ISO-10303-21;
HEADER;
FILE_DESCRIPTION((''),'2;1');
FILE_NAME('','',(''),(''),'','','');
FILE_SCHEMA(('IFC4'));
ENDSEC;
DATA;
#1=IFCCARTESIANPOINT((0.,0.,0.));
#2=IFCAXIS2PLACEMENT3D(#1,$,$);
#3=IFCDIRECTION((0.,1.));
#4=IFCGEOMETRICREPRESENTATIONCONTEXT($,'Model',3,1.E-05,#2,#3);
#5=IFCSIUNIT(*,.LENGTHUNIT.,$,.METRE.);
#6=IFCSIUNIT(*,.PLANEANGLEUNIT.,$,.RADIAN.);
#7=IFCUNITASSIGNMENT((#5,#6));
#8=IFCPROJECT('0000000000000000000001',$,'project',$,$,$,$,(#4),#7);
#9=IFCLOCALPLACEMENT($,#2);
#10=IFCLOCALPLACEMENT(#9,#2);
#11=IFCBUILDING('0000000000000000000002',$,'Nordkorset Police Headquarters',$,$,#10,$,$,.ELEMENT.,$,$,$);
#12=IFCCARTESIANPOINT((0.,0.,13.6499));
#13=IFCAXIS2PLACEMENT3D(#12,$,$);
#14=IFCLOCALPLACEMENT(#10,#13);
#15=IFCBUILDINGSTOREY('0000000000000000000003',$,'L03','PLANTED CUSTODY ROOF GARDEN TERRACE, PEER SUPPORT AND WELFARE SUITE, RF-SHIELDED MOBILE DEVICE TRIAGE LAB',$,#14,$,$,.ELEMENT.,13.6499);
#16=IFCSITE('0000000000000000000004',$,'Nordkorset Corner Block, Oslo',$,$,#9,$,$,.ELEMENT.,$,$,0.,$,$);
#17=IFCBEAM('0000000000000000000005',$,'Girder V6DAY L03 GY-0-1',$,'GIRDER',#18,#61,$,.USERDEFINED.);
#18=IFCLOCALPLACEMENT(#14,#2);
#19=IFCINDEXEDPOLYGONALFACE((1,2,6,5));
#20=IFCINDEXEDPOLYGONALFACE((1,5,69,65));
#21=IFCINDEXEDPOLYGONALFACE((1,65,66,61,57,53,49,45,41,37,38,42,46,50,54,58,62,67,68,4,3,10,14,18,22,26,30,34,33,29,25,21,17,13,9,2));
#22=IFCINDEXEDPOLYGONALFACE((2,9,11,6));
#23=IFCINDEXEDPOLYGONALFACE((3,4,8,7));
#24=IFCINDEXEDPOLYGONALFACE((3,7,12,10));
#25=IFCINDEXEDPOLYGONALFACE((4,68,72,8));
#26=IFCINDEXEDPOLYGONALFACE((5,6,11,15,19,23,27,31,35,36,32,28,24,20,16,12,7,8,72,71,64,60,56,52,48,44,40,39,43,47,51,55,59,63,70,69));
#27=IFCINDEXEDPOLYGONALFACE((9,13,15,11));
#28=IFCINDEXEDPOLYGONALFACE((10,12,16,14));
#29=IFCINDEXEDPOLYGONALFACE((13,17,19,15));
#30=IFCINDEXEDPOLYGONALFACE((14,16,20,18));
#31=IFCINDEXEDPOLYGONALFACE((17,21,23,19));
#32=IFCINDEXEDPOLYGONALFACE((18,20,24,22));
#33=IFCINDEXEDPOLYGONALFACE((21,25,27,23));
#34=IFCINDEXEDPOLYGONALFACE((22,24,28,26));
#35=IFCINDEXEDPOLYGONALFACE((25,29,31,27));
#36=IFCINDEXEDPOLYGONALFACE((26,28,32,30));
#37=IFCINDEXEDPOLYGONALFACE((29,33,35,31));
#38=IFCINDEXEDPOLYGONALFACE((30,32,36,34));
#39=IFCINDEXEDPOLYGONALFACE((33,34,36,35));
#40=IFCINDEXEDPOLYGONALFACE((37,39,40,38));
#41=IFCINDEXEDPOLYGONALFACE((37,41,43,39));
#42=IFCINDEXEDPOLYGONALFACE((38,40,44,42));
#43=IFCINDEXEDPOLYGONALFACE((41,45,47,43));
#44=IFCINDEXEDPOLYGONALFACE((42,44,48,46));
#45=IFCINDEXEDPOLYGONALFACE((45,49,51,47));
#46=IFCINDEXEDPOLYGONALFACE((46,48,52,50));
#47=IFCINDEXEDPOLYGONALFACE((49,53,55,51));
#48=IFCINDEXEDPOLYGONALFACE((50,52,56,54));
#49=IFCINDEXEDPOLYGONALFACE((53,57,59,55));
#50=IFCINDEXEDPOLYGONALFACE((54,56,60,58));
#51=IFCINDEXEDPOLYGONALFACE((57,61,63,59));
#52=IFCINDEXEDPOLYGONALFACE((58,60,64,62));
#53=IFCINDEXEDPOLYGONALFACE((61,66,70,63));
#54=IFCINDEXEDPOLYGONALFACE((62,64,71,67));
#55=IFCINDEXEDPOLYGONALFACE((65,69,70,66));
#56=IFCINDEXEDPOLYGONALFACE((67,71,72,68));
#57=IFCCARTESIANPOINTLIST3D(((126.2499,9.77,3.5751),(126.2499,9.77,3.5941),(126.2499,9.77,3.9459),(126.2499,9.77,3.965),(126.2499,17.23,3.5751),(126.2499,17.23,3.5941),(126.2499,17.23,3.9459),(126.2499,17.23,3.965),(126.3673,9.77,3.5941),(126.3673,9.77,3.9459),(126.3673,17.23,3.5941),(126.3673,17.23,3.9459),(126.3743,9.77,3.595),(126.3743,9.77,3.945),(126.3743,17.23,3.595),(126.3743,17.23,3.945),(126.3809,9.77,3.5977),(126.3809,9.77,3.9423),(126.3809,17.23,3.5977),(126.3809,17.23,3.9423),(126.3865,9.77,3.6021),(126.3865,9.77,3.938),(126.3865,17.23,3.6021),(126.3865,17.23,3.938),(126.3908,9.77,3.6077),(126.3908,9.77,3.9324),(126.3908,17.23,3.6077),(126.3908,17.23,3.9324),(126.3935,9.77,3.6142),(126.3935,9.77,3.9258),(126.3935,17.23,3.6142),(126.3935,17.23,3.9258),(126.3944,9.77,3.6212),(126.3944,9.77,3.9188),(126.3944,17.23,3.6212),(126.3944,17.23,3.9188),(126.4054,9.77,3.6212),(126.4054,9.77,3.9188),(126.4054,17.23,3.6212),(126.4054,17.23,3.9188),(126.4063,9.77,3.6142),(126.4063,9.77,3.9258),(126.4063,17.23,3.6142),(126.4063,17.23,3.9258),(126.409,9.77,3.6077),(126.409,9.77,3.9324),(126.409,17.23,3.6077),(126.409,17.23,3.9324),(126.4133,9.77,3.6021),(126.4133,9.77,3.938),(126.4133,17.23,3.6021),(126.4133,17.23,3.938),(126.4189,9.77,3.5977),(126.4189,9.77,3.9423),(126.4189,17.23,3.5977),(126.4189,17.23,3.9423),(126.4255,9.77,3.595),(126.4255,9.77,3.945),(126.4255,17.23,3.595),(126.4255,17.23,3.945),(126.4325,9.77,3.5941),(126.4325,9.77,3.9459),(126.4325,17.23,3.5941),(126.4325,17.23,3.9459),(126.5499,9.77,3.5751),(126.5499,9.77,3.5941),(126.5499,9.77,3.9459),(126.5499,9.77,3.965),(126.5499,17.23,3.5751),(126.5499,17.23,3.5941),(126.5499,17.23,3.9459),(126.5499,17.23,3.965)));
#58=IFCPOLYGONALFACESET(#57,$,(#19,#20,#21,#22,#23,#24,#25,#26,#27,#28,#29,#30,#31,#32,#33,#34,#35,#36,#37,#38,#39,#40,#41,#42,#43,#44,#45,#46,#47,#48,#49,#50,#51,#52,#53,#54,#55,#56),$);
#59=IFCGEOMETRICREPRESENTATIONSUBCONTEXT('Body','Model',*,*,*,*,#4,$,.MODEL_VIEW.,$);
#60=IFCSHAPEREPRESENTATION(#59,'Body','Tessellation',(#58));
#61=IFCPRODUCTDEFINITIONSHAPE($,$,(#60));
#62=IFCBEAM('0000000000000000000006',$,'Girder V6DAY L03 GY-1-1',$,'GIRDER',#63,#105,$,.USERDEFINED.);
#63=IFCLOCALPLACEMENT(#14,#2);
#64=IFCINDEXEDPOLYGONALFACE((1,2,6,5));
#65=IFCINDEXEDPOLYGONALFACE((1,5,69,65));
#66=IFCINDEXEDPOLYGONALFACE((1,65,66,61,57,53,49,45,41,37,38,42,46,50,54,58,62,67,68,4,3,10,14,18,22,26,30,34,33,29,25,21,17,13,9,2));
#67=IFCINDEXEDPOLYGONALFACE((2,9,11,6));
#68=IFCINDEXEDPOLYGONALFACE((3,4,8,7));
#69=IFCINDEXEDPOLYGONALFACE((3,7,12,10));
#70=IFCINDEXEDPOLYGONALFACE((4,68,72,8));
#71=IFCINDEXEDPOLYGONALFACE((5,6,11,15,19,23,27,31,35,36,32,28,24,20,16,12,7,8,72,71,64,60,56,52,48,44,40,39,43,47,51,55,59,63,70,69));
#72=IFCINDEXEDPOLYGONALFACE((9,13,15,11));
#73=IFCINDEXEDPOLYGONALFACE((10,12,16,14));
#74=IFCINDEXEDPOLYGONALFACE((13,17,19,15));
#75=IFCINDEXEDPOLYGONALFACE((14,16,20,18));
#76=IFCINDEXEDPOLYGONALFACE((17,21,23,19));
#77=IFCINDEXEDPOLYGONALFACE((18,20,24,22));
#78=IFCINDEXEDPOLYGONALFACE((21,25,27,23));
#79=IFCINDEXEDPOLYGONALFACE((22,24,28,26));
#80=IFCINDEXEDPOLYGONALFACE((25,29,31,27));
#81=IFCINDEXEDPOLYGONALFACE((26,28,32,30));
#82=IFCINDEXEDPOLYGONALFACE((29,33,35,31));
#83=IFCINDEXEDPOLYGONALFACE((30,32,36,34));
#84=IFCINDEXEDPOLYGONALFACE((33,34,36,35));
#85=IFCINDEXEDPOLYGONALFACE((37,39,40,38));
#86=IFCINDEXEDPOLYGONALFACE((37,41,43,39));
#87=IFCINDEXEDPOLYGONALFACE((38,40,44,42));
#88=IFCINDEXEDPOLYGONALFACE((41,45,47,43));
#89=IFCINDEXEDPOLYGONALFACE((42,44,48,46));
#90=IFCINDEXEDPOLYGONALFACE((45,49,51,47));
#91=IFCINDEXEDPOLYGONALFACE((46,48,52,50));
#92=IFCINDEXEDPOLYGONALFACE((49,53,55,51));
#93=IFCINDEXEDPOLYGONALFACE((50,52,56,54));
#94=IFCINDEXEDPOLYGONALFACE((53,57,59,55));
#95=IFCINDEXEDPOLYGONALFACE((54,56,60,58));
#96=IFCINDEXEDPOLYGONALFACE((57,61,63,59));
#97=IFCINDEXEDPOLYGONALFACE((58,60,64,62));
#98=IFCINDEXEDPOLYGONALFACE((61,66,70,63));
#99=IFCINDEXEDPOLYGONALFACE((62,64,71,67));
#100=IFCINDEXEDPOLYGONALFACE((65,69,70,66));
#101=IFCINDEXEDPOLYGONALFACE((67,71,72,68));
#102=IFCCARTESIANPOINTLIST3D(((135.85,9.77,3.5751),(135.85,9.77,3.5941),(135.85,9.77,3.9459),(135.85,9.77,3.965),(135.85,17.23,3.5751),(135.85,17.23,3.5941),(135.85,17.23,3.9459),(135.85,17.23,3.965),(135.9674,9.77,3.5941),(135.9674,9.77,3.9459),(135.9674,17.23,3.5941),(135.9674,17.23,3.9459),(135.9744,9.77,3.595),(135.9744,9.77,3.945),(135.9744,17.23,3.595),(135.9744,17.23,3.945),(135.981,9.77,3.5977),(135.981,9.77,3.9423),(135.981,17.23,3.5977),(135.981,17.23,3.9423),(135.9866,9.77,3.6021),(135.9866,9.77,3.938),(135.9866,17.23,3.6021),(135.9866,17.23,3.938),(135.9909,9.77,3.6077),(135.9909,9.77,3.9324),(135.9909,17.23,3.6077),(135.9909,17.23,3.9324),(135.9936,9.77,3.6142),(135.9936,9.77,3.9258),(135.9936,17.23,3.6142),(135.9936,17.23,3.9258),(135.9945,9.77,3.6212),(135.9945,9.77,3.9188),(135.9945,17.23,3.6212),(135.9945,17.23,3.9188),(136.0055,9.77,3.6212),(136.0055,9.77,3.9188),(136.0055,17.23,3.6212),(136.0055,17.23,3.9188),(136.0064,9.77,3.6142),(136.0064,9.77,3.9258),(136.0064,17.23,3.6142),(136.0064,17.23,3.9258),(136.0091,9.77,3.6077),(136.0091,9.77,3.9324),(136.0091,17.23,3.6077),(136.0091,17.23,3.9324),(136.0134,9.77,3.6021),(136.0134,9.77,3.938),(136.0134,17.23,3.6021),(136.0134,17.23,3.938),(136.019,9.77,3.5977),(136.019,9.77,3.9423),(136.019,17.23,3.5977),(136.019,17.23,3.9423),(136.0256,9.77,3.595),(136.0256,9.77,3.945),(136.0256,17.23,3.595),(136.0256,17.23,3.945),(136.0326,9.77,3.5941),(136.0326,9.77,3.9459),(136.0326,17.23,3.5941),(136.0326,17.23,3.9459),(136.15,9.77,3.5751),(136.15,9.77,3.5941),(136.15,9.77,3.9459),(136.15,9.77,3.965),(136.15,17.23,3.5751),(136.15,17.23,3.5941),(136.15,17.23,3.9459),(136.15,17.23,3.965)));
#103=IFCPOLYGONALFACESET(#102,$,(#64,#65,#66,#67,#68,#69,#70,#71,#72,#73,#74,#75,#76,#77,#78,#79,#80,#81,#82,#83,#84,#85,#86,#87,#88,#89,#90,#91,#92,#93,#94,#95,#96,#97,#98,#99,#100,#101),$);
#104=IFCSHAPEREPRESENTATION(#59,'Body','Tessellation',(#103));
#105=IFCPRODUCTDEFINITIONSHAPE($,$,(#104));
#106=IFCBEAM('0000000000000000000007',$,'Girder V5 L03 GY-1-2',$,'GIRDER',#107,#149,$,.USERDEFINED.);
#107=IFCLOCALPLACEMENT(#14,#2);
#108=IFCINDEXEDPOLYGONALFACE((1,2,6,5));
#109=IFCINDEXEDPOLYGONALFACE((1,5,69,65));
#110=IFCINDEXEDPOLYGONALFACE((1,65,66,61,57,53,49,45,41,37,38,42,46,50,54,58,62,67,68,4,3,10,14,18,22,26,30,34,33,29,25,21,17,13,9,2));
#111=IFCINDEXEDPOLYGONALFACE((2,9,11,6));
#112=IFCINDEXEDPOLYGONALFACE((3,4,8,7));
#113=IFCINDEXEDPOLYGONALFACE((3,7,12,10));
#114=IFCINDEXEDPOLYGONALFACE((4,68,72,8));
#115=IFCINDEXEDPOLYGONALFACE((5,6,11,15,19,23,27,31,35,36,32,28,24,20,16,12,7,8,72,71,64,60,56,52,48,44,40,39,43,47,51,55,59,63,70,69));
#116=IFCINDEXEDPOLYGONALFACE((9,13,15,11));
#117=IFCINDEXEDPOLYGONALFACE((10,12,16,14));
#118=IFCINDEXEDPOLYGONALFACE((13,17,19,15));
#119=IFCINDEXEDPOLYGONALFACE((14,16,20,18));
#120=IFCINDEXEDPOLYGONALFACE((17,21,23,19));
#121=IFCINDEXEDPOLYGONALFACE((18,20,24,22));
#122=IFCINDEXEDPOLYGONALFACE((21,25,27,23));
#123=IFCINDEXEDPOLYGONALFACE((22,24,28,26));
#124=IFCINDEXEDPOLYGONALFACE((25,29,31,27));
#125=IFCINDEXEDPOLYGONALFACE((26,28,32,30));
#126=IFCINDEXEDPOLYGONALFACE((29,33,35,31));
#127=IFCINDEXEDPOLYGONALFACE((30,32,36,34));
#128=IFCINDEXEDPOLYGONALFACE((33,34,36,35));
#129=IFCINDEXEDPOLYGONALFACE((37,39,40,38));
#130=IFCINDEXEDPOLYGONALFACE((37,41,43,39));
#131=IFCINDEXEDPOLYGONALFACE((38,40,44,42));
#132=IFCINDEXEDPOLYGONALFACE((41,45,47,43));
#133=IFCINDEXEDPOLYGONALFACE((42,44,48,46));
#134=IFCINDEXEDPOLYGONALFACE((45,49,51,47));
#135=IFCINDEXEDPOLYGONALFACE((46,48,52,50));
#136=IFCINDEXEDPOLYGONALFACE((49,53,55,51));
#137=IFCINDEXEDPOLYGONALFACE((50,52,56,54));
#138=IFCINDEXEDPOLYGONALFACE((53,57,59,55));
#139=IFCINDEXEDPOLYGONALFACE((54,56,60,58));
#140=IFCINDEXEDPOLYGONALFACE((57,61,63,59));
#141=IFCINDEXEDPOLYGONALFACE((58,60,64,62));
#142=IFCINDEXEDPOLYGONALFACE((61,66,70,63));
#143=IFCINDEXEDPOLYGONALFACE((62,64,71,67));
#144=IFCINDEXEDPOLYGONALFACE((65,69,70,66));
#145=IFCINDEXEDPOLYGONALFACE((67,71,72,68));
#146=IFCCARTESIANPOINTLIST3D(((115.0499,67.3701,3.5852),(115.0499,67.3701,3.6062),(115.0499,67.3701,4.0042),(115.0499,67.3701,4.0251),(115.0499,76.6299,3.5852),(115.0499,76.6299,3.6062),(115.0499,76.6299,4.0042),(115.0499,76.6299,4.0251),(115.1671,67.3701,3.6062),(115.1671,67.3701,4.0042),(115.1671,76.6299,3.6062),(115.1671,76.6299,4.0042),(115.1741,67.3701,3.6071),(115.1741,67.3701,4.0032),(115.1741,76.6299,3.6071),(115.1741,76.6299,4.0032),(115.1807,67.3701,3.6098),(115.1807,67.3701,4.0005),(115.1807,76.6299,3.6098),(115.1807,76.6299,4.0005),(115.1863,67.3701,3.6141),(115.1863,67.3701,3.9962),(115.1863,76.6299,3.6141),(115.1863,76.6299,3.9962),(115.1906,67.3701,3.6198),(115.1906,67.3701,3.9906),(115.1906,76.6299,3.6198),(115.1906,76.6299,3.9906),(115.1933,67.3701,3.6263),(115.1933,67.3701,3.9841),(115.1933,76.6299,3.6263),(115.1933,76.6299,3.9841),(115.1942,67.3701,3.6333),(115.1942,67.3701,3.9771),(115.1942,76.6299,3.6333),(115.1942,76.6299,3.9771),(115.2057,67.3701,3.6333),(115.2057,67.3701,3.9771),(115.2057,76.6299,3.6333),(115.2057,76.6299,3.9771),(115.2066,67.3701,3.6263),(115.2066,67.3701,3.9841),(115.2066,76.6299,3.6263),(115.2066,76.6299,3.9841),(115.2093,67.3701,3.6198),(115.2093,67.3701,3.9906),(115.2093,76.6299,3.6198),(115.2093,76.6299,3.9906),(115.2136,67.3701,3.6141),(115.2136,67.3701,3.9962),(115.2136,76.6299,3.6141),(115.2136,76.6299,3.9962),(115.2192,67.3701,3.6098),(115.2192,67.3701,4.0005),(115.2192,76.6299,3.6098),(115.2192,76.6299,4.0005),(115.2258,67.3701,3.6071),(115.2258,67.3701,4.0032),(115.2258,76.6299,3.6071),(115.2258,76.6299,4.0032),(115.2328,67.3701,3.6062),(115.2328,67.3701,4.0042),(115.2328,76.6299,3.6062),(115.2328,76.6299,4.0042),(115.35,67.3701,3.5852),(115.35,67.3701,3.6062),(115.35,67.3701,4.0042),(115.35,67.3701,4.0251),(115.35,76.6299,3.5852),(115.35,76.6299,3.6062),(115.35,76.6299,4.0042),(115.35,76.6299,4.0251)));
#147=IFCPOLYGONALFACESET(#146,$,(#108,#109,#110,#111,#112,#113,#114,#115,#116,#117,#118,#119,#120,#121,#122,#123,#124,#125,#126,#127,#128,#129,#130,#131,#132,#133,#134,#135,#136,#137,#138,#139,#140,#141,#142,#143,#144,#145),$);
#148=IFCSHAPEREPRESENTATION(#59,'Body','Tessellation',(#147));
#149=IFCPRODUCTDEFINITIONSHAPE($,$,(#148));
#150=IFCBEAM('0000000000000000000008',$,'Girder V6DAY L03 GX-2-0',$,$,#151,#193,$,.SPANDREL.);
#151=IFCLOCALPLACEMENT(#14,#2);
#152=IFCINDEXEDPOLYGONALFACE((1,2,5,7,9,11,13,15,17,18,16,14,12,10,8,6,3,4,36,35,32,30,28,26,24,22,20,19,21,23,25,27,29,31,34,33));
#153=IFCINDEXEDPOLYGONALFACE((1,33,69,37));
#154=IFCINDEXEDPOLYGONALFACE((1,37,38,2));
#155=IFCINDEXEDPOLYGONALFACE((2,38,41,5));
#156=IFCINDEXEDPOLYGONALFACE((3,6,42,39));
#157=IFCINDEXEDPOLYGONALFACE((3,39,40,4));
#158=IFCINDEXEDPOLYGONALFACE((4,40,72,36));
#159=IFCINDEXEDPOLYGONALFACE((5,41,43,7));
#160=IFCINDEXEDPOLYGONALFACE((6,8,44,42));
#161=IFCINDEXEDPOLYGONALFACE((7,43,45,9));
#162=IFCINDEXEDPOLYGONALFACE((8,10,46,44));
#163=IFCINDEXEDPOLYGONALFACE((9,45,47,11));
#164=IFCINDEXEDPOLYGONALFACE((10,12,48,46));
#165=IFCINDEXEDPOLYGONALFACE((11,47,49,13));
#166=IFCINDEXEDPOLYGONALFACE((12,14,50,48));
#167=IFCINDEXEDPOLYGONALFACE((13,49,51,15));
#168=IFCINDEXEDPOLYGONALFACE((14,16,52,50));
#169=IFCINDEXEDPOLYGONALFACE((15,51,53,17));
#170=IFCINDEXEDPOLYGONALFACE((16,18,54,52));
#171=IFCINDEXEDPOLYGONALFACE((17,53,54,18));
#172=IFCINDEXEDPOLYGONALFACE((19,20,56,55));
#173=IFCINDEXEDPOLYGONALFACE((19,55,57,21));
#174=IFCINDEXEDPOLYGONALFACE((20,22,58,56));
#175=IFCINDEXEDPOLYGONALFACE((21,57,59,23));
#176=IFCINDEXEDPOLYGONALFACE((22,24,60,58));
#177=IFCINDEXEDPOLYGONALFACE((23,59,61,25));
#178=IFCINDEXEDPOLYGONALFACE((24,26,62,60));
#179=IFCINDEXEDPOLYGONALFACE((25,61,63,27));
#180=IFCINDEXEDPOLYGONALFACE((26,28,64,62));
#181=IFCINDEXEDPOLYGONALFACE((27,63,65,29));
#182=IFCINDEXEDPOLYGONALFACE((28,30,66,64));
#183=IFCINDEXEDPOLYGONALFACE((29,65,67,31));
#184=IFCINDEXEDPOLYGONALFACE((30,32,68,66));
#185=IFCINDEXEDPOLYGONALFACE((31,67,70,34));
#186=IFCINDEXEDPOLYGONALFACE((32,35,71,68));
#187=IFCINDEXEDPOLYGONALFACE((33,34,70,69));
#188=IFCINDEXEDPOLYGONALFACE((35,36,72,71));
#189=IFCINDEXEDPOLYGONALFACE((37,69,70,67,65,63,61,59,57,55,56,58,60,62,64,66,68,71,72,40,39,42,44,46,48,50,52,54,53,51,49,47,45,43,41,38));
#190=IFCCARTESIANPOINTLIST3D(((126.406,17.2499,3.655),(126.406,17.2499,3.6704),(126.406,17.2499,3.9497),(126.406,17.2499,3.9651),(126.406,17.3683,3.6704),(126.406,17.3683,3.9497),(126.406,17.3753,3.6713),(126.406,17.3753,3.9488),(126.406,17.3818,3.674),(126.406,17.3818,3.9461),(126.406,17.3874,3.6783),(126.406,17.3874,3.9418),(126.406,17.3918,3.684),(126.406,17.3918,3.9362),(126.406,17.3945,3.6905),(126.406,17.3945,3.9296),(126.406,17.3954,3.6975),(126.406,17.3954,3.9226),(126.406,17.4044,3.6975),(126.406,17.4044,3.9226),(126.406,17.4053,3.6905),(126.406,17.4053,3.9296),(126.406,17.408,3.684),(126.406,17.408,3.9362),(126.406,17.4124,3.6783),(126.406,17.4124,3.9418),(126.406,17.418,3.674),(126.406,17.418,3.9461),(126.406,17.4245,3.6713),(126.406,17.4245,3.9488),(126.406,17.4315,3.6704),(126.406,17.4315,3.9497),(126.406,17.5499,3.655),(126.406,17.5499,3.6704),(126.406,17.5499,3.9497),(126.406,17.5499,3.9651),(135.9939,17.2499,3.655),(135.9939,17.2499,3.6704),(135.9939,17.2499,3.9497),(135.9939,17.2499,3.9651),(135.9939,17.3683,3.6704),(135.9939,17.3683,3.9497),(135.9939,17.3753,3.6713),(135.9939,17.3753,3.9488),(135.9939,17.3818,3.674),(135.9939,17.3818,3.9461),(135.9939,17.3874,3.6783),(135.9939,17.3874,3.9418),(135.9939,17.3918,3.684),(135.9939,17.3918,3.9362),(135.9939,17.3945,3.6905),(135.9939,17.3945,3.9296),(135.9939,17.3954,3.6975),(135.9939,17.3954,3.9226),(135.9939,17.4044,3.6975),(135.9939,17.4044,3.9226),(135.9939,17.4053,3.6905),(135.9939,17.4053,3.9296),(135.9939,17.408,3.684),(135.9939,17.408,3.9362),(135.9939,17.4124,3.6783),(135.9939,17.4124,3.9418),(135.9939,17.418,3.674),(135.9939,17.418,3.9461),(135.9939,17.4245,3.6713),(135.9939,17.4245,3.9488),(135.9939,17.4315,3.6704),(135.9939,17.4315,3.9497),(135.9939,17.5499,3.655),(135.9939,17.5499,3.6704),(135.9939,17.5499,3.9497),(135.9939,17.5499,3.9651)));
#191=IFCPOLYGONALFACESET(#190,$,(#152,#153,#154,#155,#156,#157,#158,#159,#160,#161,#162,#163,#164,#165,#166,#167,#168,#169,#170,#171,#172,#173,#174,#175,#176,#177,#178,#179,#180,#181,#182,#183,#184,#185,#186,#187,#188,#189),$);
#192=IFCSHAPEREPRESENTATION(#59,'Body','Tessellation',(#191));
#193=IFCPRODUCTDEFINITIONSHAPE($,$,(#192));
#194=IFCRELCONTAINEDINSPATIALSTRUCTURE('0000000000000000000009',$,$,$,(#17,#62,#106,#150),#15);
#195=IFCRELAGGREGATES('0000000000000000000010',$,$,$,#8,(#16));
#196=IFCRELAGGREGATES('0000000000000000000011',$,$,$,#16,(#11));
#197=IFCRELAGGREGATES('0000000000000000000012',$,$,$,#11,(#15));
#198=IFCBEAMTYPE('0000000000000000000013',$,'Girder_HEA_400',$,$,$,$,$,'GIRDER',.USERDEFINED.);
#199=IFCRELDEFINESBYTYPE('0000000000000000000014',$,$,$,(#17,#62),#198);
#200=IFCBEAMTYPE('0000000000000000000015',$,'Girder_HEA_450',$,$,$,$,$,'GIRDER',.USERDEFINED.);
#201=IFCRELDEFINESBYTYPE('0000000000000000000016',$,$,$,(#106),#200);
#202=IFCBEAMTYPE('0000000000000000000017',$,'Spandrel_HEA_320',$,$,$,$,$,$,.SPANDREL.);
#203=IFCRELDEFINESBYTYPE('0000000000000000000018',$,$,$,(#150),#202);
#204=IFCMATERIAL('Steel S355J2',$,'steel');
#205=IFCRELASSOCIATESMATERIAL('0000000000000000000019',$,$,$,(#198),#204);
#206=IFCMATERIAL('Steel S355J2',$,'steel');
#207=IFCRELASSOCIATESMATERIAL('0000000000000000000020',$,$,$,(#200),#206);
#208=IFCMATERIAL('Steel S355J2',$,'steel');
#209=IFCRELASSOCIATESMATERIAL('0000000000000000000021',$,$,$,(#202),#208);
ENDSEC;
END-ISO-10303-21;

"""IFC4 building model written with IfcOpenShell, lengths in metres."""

from ifc_helpers import new_model, si_unit, direction, frame, origin, origin_2d, place, context, subcontext, project, spatial, i_section, extrude, material, material_profile, profile_set, type_object, element, save


model = new_model("IFC4")

# Units and contexts
model_context = context("Model", 3, precision=1e-05, world=origin(), true_north=direction((0.0, 1.0)))
body_context = subcontext(model_context, "Body", "Model", "MODEL_VIEW")
ifc_project = project(units=[si_unit("LENGTHUNIT", "METRE"), si_unit("PLANEANGLEUNIT", "RADIAN")], contexts=[model_context])

# Site, building, storey
site_placement = place(None, origin())
site = spatial("IfcSite", under=ifc_project, at=site_placement, Name="Nordkorset Corner Block, Oslo", CompositionType="ELEMENT", RefElevation=0.0)
building_placement = place(site_placement, origin())
building = spatial("IfcBuilding", under=site, at=building_placement, Name="Nordkorset Police Headquarters", CompositionType="ELEMENT")
storey_placement = place(building_placement, frame((0.0, 0.0, 13.6499)))
storey = spatial("IfcBuildingStorey", under=building, at=storey_placement, Name="L03", Description="PLANTED CUSTODY ROOF GARDEN TERRACE, PEER SUPPORT AND WELFARE SUITE, RF-SHIELDED MOBILE DEVICE TRIAGE LAB", CompositionType="ELEMENT", Elevation=13.6499)

# Beams
ifc_material_1 = material(Name="Steel S355J2", Category="steel")
ifc_material_profile_1 = material_profile(ifc_material_1, i_section(OverallWidth=0.3, OverallDepth=0.3899, WebThickness=0.011, FlangeThickness=0.019, FilletRadius=0.0271, at=origin_2d()), Name="HEA 400")
ifc_profile_set_1 = profile_set([ifc_material_profile_1], Name="Steel S355J2")
beam_type_1 = type_object("IfcBeamType", Name="Girder_HEA_400", ElementType="GIRDER", PredefinedType="USERDEFINED", material=ifc_profile_set_1)
for number, where, z_axis, x_axis, name in (
    (1, (126.3999, 9.77, 3.77), (0.0, 1.0, 0.0), (-1.0, 0.0, 0.0), "Girder V6DAY L03 GY-0-1"),
    (2, (136.0, 9.77, 3.77), (0.0, 1.0, 0.0), (-1.0, 0.0, 0.0), "Girder V6DAY L03 GY-1-1"),
):
    element("IfcBeam", number, at=place(storey_placement, frame(where, z_axis=z_axis, x_axis=x_axis)), inside=storey, type_object=beam_type_1, Name=name, ObjectType="GIRDER", PredefinedType="USERDEFINED", context=body_context, shape_type="SweptSolid", body=[
        extrude(i_section(OverallWidth=0.3, OverallDepth=0.3899, WebThickness=0.011, FlangeThickness=0.019, FilletRadius=0.0271, at=origin_2d()), origin(), (0.0, 0.0, 1.0), 7.46),
    ])
ifc_material_2 = material(Name="Steel S355J2", Category="steel")
ifc_material_profile_2 = material_profile(ifc_material_2, i_section(OverallWidth=0.3, OverallDepth=0.4399, WebThickness=0.0115, FlangeThickness=0.021, FilletRadius=0.0271, at=origin_2d()), Name="HEA 450")
ifc_profile_set_2 = profile_set([ifc_material_profile_2], Name="Steel S355J2")
beam_type_2 = type_object("IfcBeamType", Name="Girder_HEA_450", ElementType="GIRDER", PredefinedType="USERDEFINED", material=ifc_profile_set_2)
beam_1_placement = place(storey_placement, frame((115.2, 67.3701, 3.8052), z_axis=(0.0, 1.0, 0.0), x_axis=(-1.0, 0.0, 0.0)))
element("IfcBeam", 3, at=beam_1_placement, inside=storey, type_object=beam_type_2, Name="Girder V5 L03 GY-1-2", ObjectType="GIRDER", PredefinedType="USERDEFINED", context=body_context, shape_type="SweptSolid", body=[
    extrude(i_section(OverallWidth=0.3, OverallDepth=0.4399, WebThickness=0.0115, FlangeThickness=0.021, FilletRadius=0.0271, at=origin_2d()), origin(), (0.0, 0.0, 1.0), 9.2598),
])
ifc_material_3 = material(Name="Steel S355J2", Category="steel")
ifc_material_profile_3 = material_profile(ifc_material_3, i_section(OverallWidth=0.3, OverallDepth=0.3101, WebThickness=0.009, FlangeThickness=0.0154, FilletRadius=0.0271, at=origin_2d()), Name="HEA 320")
ifc_profile_set_3 = profile_set([ifc_material_profile_3], Name="Steel S355J2")
beam_type_3 = type_object("IfcBeamType", Name="Spandrel_HEA_320", PredefinedType="SPANDREL", material=ifc_profile_set_3)
beam_2_placement = place(storey_placement, frame((126.406, 17.3999, 3.8101), z_axis=(1.0, 0.0, 0.0), x_axis=(0.0, 1.0, 0.0)))
element("IfcBeam", 4, at=beam_2_placement, inside=storey, type_object=beam_type_3, Name="Girder V6DAY L03 GX-2-0", PredefinedType="SPANDREL", context=body_context, shape_type="SweptSolid", body=[
    extrude(i_section(OverallWidth=0.3, OverallDepth=0.3101, WebThickness=0.009, FlangeThickness=0.0154, FilletRadius=0.0271, at=origin_2d()), origin(), (0.0, 0.0, 1.0), 9.5879),
])

save(model, "model.ifc")
